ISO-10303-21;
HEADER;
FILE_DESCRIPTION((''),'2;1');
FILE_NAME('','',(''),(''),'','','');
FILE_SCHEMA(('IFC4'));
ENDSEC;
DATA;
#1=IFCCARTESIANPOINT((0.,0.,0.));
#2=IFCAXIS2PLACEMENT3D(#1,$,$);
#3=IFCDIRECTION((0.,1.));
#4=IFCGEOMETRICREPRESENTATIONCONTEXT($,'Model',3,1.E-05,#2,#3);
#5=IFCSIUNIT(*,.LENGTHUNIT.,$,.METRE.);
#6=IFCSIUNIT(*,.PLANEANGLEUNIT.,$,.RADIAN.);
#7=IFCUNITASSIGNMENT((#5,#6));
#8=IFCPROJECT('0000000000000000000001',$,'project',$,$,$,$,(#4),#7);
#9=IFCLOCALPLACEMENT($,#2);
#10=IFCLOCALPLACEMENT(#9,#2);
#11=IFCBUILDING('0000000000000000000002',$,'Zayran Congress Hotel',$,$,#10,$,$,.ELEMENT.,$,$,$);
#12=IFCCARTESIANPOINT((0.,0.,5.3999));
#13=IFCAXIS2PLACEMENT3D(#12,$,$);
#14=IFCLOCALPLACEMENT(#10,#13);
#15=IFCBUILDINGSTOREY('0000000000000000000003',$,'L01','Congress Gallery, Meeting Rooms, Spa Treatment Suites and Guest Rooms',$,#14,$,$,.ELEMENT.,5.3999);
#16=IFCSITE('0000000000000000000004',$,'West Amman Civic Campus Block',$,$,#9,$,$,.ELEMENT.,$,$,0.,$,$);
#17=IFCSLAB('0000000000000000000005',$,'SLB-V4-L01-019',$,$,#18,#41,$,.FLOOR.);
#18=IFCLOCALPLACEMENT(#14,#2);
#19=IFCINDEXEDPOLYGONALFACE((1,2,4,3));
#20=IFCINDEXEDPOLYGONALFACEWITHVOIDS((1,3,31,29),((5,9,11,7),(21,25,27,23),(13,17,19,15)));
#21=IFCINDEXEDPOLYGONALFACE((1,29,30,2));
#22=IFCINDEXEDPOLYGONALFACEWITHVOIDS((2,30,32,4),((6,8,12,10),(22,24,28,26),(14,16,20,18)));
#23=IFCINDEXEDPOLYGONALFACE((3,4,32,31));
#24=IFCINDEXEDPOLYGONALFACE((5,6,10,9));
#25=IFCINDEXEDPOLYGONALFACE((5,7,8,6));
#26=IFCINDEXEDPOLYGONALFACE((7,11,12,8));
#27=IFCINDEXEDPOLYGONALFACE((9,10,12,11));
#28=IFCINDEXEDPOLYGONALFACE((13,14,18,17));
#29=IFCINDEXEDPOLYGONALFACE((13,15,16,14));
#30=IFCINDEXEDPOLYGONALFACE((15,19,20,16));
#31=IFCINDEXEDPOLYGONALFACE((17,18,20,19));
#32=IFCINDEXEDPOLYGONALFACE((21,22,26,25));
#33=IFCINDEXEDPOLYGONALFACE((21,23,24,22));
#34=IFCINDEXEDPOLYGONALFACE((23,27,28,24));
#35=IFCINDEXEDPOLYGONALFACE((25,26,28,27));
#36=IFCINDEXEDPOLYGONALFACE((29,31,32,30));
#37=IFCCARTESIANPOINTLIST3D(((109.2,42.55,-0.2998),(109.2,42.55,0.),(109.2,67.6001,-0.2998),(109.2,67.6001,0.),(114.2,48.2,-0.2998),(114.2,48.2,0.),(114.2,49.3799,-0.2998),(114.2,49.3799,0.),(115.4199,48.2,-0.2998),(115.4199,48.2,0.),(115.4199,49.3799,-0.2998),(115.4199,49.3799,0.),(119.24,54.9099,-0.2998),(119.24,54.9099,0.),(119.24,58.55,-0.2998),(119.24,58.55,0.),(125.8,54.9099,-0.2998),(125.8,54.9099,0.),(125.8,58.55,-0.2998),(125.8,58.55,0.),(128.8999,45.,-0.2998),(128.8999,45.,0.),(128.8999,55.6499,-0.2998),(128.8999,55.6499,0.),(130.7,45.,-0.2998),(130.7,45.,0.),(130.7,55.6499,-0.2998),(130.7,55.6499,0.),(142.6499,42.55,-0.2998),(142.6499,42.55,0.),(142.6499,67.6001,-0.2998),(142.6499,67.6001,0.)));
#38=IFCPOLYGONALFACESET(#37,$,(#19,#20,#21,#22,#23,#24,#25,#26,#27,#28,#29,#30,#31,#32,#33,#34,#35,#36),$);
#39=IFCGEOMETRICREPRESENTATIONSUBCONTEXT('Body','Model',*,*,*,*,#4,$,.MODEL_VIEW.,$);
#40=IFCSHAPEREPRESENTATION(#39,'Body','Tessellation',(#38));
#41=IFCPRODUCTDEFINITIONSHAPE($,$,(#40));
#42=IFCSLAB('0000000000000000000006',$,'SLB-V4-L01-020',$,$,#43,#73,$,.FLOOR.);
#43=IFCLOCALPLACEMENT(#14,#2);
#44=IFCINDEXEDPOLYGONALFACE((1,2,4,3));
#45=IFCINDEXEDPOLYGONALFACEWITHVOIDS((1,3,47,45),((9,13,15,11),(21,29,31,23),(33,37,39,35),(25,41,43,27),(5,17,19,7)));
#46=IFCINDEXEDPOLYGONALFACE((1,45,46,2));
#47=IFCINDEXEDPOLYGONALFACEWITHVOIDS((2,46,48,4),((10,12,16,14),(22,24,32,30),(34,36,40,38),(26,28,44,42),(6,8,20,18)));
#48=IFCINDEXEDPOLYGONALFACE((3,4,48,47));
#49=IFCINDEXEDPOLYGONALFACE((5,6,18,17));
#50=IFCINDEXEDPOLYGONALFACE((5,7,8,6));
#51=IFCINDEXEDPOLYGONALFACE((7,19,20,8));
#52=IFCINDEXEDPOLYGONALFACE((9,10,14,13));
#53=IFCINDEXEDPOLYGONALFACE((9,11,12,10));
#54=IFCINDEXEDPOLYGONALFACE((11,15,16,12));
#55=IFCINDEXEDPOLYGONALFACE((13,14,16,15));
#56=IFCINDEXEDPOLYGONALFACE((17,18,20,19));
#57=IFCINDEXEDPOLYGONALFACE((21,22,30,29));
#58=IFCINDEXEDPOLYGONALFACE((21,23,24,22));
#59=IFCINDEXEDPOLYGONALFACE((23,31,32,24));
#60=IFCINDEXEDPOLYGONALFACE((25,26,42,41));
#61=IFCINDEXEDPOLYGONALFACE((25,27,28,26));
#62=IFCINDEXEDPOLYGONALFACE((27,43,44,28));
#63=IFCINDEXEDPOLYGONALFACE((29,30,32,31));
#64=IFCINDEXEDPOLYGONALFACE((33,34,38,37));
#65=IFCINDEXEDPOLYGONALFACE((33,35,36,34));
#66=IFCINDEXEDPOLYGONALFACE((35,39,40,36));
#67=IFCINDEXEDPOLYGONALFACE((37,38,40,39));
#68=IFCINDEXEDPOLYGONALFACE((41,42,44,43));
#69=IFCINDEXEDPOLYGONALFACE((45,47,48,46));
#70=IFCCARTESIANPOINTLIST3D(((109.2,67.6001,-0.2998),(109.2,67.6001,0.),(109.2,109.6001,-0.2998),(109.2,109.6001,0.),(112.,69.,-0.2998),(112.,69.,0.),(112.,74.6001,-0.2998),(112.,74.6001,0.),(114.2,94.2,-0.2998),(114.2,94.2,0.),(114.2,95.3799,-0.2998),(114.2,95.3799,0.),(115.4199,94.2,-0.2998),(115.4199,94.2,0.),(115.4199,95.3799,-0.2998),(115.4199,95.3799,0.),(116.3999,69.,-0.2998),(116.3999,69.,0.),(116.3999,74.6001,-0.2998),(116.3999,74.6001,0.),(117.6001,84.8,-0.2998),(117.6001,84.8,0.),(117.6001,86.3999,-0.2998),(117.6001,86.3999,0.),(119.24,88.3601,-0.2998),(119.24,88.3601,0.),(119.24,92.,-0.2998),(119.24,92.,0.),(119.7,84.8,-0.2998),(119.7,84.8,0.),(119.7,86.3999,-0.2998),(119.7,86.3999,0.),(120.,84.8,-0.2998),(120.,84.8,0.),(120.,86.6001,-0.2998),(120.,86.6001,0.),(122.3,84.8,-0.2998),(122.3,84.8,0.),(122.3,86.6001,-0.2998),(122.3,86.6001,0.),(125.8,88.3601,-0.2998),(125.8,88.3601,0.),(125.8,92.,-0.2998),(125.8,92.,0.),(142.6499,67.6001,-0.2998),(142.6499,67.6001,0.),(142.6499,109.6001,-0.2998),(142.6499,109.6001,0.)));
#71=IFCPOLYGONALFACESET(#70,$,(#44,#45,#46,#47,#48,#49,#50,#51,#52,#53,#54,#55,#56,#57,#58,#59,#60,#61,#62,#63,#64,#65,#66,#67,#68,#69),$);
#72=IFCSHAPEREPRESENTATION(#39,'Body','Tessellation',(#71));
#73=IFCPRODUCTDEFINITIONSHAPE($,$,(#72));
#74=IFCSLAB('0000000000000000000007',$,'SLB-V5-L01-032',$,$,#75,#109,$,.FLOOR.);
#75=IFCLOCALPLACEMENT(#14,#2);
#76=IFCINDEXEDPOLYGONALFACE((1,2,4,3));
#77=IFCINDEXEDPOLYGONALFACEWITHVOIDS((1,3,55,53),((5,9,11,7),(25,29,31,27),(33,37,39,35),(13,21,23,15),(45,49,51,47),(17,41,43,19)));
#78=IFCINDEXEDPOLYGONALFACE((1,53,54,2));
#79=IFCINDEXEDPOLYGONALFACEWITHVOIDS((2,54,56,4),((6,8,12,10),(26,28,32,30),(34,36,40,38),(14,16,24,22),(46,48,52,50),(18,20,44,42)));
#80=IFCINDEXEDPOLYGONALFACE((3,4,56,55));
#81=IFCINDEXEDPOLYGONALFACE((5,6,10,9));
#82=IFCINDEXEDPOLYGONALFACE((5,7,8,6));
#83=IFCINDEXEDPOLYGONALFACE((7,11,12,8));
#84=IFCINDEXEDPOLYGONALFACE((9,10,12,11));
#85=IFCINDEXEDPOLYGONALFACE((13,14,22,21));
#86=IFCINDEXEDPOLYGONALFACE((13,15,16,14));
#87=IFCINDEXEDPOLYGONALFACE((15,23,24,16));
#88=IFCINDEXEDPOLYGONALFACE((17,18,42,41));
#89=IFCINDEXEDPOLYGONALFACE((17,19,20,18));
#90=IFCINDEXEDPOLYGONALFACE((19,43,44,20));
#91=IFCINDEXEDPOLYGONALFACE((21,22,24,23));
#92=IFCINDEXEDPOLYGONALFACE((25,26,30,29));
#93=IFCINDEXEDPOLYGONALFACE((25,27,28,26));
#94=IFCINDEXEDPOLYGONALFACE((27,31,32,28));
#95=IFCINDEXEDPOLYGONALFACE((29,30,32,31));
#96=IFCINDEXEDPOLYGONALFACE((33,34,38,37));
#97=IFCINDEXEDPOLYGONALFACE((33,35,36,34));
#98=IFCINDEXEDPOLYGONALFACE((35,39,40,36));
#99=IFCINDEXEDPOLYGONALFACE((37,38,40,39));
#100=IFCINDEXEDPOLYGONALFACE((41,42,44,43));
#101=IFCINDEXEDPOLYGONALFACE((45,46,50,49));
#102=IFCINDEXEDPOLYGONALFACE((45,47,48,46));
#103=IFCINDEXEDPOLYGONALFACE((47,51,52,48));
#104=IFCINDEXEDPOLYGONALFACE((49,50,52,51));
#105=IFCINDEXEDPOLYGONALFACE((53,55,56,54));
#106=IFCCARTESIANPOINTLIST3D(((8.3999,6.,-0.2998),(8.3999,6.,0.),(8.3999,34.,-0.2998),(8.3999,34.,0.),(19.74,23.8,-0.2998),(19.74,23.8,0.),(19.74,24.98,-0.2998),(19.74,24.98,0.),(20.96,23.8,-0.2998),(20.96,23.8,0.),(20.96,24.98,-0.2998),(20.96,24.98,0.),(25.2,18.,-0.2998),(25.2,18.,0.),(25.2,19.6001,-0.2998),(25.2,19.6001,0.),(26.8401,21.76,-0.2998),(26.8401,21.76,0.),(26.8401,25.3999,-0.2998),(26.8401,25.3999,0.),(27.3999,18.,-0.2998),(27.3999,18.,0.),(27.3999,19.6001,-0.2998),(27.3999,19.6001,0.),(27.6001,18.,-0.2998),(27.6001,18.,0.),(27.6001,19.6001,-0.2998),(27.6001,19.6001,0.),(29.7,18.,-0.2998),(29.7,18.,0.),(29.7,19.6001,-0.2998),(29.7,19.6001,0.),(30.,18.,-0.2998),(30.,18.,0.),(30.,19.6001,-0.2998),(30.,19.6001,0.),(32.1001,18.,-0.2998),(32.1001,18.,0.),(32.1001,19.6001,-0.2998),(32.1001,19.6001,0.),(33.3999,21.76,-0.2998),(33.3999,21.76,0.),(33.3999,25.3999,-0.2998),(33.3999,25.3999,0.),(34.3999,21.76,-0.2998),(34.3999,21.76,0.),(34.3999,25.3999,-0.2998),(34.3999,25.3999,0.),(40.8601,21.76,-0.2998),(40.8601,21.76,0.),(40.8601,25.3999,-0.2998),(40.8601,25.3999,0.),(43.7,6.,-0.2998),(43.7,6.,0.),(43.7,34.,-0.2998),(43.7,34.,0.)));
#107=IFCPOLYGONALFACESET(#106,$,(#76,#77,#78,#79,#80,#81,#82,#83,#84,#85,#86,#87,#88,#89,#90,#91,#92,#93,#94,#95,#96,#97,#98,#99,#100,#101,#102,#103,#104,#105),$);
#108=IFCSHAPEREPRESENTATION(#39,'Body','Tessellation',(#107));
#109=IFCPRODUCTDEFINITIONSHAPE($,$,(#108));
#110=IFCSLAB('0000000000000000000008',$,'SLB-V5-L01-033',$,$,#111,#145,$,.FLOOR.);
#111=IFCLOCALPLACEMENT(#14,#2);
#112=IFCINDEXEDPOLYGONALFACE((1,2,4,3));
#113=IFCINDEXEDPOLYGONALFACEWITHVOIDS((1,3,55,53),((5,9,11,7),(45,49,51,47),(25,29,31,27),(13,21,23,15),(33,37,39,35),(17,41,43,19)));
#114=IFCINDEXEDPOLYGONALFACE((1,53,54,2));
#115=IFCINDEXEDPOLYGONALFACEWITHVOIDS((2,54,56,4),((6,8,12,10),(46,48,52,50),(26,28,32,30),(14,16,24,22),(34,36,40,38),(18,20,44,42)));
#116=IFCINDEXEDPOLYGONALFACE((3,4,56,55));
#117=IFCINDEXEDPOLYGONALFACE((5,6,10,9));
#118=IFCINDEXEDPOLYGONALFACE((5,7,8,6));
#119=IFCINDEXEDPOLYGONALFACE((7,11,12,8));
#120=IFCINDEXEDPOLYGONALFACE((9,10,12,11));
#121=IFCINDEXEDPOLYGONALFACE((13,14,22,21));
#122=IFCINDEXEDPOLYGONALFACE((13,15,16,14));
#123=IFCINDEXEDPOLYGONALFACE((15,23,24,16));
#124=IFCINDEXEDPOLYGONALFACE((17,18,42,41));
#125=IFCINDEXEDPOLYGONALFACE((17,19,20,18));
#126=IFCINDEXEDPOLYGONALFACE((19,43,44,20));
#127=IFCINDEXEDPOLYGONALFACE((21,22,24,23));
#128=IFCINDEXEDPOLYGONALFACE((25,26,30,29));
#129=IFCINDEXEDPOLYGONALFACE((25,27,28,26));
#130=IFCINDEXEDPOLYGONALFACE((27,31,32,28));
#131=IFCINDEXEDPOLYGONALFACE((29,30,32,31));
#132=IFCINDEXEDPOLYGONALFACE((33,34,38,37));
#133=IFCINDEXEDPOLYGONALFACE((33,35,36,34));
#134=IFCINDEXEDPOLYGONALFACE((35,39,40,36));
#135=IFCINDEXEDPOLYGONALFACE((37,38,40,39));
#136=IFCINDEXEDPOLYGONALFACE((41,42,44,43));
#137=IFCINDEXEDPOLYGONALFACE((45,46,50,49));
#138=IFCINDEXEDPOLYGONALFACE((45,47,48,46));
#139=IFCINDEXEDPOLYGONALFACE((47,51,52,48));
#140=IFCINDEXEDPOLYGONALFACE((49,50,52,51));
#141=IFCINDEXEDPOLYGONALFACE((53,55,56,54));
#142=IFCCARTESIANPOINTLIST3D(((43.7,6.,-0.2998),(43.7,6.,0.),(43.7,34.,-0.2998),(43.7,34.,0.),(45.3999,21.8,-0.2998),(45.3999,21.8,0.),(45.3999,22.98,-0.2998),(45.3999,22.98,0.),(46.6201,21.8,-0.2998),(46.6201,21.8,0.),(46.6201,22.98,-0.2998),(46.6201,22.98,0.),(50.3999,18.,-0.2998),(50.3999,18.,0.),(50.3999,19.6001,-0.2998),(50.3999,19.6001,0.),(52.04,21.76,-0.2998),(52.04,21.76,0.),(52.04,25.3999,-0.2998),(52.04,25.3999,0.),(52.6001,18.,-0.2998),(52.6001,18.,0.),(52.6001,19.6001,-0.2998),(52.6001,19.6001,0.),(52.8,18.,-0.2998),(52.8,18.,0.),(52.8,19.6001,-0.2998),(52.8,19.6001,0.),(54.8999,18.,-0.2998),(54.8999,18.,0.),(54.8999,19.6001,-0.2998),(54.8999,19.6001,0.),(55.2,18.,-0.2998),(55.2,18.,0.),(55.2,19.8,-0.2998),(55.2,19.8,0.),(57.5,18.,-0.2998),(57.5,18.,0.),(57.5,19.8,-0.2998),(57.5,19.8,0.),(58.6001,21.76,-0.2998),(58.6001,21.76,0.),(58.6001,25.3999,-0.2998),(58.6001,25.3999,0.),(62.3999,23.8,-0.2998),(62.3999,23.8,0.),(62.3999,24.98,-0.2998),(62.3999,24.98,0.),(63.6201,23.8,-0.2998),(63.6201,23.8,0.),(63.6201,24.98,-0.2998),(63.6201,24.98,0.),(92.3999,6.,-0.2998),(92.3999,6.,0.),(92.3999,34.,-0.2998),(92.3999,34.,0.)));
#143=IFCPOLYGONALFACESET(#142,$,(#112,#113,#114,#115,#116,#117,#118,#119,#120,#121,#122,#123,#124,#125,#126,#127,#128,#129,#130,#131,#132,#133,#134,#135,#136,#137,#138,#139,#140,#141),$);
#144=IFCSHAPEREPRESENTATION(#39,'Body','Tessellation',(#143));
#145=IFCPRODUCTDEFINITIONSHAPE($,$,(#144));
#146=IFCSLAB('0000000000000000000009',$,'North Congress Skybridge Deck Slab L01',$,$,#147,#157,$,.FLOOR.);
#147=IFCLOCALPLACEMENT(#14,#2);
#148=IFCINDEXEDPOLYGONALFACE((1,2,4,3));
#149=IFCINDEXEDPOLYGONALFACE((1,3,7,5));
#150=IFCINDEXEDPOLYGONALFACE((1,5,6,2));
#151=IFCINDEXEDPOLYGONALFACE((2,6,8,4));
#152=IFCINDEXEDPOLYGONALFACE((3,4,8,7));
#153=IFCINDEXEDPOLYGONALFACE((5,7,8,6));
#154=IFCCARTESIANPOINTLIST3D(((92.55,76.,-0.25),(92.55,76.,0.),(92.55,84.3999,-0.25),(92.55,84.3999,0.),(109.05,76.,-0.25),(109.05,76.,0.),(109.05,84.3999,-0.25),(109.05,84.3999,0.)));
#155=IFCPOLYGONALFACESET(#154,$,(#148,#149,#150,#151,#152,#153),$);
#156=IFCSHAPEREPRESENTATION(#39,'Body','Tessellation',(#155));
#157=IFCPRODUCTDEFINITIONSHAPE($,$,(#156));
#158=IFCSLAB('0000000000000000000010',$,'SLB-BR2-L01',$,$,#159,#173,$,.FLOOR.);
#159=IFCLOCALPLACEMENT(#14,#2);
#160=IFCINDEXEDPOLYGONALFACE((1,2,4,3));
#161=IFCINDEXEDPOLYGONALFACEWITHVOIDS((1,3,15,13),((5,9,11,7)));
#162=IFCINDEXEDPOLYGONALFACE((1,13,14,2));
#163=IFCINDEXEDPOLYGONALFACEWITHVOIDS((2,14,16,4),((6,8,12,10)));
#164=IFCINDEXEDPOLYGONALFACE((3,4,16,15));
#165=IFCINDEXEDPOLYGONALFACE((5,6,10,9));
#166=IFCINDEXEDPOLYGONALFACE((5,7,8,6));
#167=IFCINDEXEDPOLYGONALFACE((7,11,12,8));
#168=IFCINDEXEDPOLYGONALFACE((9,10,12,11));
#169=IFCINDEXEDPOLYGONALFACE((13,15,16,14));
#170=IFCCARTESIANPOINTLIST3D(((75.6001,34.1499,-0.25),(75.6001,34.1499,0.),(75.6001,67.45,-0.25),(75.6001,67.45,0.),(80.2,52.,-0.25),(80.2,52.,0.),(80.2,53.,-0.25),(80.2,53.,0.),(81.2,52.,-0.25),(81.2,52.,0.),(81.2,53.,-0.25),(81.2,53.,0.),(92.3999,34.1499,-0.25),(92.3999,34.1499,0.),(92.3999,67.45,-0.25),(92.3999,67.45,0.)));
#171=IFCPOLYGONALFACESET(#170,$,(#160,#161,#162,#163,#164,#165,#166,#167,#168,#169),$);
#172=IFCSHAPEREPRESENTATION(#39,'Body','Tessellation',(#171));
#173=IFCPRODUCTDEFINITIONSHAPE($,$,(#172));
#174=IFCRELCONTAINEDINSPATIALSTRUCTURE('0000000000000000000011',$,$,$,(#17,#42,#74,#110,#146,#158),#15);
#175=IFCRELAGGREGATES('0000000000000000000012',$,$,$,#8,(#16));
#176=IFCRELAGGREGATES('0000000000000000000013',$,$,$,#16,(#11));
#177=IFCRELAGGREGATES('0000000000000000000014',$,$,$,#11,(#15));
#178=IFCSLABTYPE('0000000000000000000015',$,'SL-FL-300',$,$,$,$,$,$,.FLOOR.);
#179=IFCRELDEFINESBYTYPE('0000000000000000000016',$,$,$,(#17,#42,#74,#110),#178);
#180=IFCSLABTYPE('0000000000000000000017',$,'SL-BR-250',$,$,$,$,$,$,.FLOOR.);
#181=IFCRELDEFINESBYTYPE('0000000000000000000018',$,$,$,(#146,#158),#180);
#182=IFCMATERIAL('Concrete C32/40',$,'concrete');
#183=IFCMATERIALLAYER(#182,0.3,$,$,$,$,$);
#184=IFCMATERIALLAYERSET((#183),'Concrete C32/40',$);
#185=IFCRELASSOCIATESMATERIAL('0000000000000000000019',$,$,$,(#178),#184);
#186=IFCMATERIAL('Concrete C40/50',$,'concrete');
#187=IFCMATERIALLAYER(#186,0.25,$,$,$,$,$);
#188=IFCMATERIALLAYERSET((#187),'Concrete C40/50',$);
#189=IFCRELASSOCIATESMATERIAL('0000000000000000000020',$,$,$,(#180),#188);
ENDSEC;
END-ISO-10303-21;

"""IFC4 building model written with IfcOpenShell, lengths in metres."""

from ifc_helpers import new_model, si_unit, direction, frame, origin, place, context, subcontext, project, spatial, polyline, outline, extrude, material, layer, layer_set, type_object, element, save


model = new_model("IFC4")

# Units and contexts
model_context = context("Model", 3, precision=1e-05, world=origin(), true_north=direction((0.0, 1.0)))
body_context = subcontext(model_context, "Body", "Model", "MODEL_VIEW")
ifc_project = project(units=[si_unit("LENGTHUNIT", "METRE"), si_unit("PLANEANGLEUNIT", "RADIAN")], contexts=[model_context])

# Site, building, storey
site_placement = place(None, origin())
site = spatial("IfcSite", under=ifc_project, at=site_placement, Name="West Amman Civic Campus Block", CompositionType="ELEMENT", RefElevation=0.0)
building_placement = place(site_placement, origin())
building = spatial("IfcBuilding", under=site, at=building_placement, Name="Zayran Congress Hotel", CompositionType="ELEMENT")
storey_placement = place(building_placement, frame((0.0, 0.0, 5.3999)))
storey = spatial("IfcBuildingStorey", under=building, at=storey_placement, Name="L01", Description="Congress Gallery, Meeting Rooms, Spa Treatment Suites and Guest Rooms", CompositionType="ELEMENT", Elevation=5.3999)

# Slabs
ifc_material_1 = material(Name="Concrete C32/40", Category="concrete")
ifc_layer_1 = layer(ifc_material_1, 0.3)
ifc_layer_set_1 = layer_set([ifc_layer_1], Name="Concrete C32/40")
slab_type_1 = type_object("IfcSlabType", Name="SL-FL-300", PredefinedType="FLOOR", material=ifc_layer_set_1)
slab_1_placement = place(storey_placement, frame((0.0, 0.0, -0.2998)))
element("IfcSlab", 1, at=slab_1_placement, inside=storey, type_object=slab_type_1, Name="SLB-V4-L01-019", PredefinedType="FLOOR", context=body_context, shape_type="SweptSolid", body=[
    extrude(outline(polyline([(109.2, 42.55), (142.6499, 42.55), (142.6499, 67.6001), (109.2, 67.6001), (109.2, 42.55)]), holes=[polyline([(119.24, 54.9099), (125.8, 54.9099), (125.8, 58.55), (119.24, 58.55), (119.24, 54.9099)]), polyline([(128.8999, 45.0), (130.7, 45.0), (130.7, 55.6499), (128.8999, 55.6499), (128.8999, 45.0)]), polyline([(114.2, 48.2), (115.4199, 48.2), (115.4199, 49.3799), (114.2, 49.3799), (114.2, 48.2)])]), origin(), (0.0, 0.0, 1.0), 0.2998),
])
slab_2_placement = place(storey_placement, frame((0.0, 0.0, -0.2998)))
element("IfcSlab", 2, at=slab_2_placement, inside=storey, type_object=slab_type_1, Name="SLB-V4-L01-020", PredefinedType="FLOOR", context=body_context, shape_type="SweptSolid", body=[
    extrude(outline(polyline([(109.2, 67.6001), (142.6499, 67.6001), (142.6499, 109.6001), (109.2, 109.6001), (109.2, 67.6001)]), holes=[polyline([(119.24, 88.3601), (125.8, 88.3601), (125.8, 92.0), (119.24, 92.0), (119.24, 88.3601)]), polyline([(117.6001, 84.8), (119.7, 84.8), (119.7, 86.3999), (117.6001, 86.3999), (117.6001, 84.8)]), polyline([(120.0, 84.8), (122.3, 84.8), (122.3, 86.6001), (120.0, 86.6001), (120.0, 84.8)]), polyline([(112.0, 69.0), (116.3999, 69.0), (116.3999, 74.6001), (112.0, 74.6001), (112.0, 69.0)]), polyline([(114.2, 94.2), (115.4199, 94.2), (115.4199, 95.3799), (114.2, 95.3799), (114.2, 94.2)])]), origin(), (0.0, 0.0, 1.0), 0.2998),
])
slab_3_placement = place(storey_placement, frame((0.0, 0.0, -0.2998)))
element("IfcSlab", 3, at=slab_3_placement, inside=storey, type_object=slab_type_1, Name="SLB-V5-L01-032", PredefinedType="FLOOR", context=body_context, shape_type="SweptSolid", body=[
    extrude(outline(polyline([(8.3999, 6.0), (43.7, 6.0), (43.7, 34.0), (8.3999, 34.0), (8.3999, 6.0)]), holes=[polyline([(26.8401, 21.76), (33.3999, 21.76), (33.3999, 25.3999), (26.8401, 25.3999), (26.8401, 21.76)]), polyline([(25.2, 18.0), (27.3999, 18.0), (27.3999, 19.6001), (25.2, 19.6001), (25.2, 18.0)]), polyline([(27.6001, 18.0), (29.7, 18.0), (29.7, 19.6001), (27.6001, 19.6001), (27.6001, 18.0)]), polyline([(30.0, 18.0), (32.1001, 18.0), (32.1001, 19.6001), (30.0, 19.6001), (30.0, 18.0)]), polyline([(34.3999, 21.76), (40.8601, 21.76), (40.8601, 25.3999), (34.3999, 25.3999), (34.3999, 21.76)]), polyline([(19.74, 23.8), (20.96, 23.8), (20.96, 24.98), (19.74, 24.98), (19.74, 23.8)])]), origin(), (0.0, 0.0, 1.0), 0.2998),
])
slab_4_placement = place(storey_placement, frame((0.0, 0.0, -0.2998)))
element("IfcSlab", 4, at=slab_4_placement, inside=storey, type_object=slab_type_1, Name="SLB-V5-L01-033", PredefinedType="FLOOR", context=body_context, shape_type="SweptSolid", body=[
    extrude(outline(polyline([(43.7, 6.0), (92.3999, 6.0), (92.3999, 34.0), (43.7, 34.0), (43.7, 6.0)]), holes=[polyline([(52.04, 21.76), (58.6001, 21.76), (58.6001, 25.3999), (52.04, 25.3999), (52.04, 21.76)]), polyline([(50.3999, 18.0), (52.6001, 18.0), (52.6001, 19.6001), (50.3999, 19.6001), (50.3999, 18.0)]), polyline([(52.8, 18.0), (54.8999, 18.0), (54.8999, 19.6001), (52.8, 19.6001), (52.8, 18.0)]), polyline([(55.2, 18.0), (57.5, 18.0), (57.5, 19.8), (55.2, 19.8), (55.2, 18.0)]), polyline([(45.3999, 21.8), (46.6201, 21.8), (46.6201, 22.98), (45.3999, 22.98), (45.3999, 21.8)]), polyline([(62.3999, 23.8), (63.6201, 23.8), (63.6201, 24.98), (62.3999, 24.98), (62.3999, 23.8)])]), origin(), (0.0, 0.0, 1.0), 0.2998),
])
ifc_material_2 = material(Name="Concrete C40/50", Category="concrete")
ifc_layer_2 = layer(ifc_material_2, 0.25)
ifc_layer_set_2 = layer_set([ifc_layer_2], Name="Concrete C40/50")
slab_type_2 = type_object("IfcSlabType", Name="SL-BR-250", PredefinedType="FLOOR", material=ifc_layer_set_2)
slab_5_placement = place(storey_placement, frame((0.0, 0.0, -0.25)))
element("IfcSlab", 5, at=slab_5_placement, inside=storey, type_object=slab_type_2, Name="North Congress Skybridge Deck Slab L01", PredefinedType="FLOOR", context=body_context, shape_type="SweptSolid", body=[
    extrude(outline(polyline([(92.55, 76.0), (109.05, 76.0), (109.05, 84.3999), (92.55, 84.3999), (92.55, 76.0)])), origin(), (0.0, 0.0, 1.0), 0.25),
])
slab_6_placement = place(storey_placement, frame((0.0, 0.0, -0.25)))
element("IfcSlab", 6, at=slab_6_placement, inside=storey, type_object=slab_type_2, Name="SLB-BR2-L01", PredefinedType="FLOOR", context=body_context, shape_type="SweptSolid", body=[
    extrude(outline(polyline([(75.6001, 34.1499), (92.3999, 34.1499), (92.3999, 67.45), (75.6001, 67.45), (75.6001, 34.1499)]), holes=[polyline([(80.2, 52.0), (81.2, 52.0), (81.2, 53.0), (80.2, 53.0), (80.2, 52.0)])]), origin(), (0.0, 0.0, 1.0), 0.25),
])

save(model, "model.ifc")
